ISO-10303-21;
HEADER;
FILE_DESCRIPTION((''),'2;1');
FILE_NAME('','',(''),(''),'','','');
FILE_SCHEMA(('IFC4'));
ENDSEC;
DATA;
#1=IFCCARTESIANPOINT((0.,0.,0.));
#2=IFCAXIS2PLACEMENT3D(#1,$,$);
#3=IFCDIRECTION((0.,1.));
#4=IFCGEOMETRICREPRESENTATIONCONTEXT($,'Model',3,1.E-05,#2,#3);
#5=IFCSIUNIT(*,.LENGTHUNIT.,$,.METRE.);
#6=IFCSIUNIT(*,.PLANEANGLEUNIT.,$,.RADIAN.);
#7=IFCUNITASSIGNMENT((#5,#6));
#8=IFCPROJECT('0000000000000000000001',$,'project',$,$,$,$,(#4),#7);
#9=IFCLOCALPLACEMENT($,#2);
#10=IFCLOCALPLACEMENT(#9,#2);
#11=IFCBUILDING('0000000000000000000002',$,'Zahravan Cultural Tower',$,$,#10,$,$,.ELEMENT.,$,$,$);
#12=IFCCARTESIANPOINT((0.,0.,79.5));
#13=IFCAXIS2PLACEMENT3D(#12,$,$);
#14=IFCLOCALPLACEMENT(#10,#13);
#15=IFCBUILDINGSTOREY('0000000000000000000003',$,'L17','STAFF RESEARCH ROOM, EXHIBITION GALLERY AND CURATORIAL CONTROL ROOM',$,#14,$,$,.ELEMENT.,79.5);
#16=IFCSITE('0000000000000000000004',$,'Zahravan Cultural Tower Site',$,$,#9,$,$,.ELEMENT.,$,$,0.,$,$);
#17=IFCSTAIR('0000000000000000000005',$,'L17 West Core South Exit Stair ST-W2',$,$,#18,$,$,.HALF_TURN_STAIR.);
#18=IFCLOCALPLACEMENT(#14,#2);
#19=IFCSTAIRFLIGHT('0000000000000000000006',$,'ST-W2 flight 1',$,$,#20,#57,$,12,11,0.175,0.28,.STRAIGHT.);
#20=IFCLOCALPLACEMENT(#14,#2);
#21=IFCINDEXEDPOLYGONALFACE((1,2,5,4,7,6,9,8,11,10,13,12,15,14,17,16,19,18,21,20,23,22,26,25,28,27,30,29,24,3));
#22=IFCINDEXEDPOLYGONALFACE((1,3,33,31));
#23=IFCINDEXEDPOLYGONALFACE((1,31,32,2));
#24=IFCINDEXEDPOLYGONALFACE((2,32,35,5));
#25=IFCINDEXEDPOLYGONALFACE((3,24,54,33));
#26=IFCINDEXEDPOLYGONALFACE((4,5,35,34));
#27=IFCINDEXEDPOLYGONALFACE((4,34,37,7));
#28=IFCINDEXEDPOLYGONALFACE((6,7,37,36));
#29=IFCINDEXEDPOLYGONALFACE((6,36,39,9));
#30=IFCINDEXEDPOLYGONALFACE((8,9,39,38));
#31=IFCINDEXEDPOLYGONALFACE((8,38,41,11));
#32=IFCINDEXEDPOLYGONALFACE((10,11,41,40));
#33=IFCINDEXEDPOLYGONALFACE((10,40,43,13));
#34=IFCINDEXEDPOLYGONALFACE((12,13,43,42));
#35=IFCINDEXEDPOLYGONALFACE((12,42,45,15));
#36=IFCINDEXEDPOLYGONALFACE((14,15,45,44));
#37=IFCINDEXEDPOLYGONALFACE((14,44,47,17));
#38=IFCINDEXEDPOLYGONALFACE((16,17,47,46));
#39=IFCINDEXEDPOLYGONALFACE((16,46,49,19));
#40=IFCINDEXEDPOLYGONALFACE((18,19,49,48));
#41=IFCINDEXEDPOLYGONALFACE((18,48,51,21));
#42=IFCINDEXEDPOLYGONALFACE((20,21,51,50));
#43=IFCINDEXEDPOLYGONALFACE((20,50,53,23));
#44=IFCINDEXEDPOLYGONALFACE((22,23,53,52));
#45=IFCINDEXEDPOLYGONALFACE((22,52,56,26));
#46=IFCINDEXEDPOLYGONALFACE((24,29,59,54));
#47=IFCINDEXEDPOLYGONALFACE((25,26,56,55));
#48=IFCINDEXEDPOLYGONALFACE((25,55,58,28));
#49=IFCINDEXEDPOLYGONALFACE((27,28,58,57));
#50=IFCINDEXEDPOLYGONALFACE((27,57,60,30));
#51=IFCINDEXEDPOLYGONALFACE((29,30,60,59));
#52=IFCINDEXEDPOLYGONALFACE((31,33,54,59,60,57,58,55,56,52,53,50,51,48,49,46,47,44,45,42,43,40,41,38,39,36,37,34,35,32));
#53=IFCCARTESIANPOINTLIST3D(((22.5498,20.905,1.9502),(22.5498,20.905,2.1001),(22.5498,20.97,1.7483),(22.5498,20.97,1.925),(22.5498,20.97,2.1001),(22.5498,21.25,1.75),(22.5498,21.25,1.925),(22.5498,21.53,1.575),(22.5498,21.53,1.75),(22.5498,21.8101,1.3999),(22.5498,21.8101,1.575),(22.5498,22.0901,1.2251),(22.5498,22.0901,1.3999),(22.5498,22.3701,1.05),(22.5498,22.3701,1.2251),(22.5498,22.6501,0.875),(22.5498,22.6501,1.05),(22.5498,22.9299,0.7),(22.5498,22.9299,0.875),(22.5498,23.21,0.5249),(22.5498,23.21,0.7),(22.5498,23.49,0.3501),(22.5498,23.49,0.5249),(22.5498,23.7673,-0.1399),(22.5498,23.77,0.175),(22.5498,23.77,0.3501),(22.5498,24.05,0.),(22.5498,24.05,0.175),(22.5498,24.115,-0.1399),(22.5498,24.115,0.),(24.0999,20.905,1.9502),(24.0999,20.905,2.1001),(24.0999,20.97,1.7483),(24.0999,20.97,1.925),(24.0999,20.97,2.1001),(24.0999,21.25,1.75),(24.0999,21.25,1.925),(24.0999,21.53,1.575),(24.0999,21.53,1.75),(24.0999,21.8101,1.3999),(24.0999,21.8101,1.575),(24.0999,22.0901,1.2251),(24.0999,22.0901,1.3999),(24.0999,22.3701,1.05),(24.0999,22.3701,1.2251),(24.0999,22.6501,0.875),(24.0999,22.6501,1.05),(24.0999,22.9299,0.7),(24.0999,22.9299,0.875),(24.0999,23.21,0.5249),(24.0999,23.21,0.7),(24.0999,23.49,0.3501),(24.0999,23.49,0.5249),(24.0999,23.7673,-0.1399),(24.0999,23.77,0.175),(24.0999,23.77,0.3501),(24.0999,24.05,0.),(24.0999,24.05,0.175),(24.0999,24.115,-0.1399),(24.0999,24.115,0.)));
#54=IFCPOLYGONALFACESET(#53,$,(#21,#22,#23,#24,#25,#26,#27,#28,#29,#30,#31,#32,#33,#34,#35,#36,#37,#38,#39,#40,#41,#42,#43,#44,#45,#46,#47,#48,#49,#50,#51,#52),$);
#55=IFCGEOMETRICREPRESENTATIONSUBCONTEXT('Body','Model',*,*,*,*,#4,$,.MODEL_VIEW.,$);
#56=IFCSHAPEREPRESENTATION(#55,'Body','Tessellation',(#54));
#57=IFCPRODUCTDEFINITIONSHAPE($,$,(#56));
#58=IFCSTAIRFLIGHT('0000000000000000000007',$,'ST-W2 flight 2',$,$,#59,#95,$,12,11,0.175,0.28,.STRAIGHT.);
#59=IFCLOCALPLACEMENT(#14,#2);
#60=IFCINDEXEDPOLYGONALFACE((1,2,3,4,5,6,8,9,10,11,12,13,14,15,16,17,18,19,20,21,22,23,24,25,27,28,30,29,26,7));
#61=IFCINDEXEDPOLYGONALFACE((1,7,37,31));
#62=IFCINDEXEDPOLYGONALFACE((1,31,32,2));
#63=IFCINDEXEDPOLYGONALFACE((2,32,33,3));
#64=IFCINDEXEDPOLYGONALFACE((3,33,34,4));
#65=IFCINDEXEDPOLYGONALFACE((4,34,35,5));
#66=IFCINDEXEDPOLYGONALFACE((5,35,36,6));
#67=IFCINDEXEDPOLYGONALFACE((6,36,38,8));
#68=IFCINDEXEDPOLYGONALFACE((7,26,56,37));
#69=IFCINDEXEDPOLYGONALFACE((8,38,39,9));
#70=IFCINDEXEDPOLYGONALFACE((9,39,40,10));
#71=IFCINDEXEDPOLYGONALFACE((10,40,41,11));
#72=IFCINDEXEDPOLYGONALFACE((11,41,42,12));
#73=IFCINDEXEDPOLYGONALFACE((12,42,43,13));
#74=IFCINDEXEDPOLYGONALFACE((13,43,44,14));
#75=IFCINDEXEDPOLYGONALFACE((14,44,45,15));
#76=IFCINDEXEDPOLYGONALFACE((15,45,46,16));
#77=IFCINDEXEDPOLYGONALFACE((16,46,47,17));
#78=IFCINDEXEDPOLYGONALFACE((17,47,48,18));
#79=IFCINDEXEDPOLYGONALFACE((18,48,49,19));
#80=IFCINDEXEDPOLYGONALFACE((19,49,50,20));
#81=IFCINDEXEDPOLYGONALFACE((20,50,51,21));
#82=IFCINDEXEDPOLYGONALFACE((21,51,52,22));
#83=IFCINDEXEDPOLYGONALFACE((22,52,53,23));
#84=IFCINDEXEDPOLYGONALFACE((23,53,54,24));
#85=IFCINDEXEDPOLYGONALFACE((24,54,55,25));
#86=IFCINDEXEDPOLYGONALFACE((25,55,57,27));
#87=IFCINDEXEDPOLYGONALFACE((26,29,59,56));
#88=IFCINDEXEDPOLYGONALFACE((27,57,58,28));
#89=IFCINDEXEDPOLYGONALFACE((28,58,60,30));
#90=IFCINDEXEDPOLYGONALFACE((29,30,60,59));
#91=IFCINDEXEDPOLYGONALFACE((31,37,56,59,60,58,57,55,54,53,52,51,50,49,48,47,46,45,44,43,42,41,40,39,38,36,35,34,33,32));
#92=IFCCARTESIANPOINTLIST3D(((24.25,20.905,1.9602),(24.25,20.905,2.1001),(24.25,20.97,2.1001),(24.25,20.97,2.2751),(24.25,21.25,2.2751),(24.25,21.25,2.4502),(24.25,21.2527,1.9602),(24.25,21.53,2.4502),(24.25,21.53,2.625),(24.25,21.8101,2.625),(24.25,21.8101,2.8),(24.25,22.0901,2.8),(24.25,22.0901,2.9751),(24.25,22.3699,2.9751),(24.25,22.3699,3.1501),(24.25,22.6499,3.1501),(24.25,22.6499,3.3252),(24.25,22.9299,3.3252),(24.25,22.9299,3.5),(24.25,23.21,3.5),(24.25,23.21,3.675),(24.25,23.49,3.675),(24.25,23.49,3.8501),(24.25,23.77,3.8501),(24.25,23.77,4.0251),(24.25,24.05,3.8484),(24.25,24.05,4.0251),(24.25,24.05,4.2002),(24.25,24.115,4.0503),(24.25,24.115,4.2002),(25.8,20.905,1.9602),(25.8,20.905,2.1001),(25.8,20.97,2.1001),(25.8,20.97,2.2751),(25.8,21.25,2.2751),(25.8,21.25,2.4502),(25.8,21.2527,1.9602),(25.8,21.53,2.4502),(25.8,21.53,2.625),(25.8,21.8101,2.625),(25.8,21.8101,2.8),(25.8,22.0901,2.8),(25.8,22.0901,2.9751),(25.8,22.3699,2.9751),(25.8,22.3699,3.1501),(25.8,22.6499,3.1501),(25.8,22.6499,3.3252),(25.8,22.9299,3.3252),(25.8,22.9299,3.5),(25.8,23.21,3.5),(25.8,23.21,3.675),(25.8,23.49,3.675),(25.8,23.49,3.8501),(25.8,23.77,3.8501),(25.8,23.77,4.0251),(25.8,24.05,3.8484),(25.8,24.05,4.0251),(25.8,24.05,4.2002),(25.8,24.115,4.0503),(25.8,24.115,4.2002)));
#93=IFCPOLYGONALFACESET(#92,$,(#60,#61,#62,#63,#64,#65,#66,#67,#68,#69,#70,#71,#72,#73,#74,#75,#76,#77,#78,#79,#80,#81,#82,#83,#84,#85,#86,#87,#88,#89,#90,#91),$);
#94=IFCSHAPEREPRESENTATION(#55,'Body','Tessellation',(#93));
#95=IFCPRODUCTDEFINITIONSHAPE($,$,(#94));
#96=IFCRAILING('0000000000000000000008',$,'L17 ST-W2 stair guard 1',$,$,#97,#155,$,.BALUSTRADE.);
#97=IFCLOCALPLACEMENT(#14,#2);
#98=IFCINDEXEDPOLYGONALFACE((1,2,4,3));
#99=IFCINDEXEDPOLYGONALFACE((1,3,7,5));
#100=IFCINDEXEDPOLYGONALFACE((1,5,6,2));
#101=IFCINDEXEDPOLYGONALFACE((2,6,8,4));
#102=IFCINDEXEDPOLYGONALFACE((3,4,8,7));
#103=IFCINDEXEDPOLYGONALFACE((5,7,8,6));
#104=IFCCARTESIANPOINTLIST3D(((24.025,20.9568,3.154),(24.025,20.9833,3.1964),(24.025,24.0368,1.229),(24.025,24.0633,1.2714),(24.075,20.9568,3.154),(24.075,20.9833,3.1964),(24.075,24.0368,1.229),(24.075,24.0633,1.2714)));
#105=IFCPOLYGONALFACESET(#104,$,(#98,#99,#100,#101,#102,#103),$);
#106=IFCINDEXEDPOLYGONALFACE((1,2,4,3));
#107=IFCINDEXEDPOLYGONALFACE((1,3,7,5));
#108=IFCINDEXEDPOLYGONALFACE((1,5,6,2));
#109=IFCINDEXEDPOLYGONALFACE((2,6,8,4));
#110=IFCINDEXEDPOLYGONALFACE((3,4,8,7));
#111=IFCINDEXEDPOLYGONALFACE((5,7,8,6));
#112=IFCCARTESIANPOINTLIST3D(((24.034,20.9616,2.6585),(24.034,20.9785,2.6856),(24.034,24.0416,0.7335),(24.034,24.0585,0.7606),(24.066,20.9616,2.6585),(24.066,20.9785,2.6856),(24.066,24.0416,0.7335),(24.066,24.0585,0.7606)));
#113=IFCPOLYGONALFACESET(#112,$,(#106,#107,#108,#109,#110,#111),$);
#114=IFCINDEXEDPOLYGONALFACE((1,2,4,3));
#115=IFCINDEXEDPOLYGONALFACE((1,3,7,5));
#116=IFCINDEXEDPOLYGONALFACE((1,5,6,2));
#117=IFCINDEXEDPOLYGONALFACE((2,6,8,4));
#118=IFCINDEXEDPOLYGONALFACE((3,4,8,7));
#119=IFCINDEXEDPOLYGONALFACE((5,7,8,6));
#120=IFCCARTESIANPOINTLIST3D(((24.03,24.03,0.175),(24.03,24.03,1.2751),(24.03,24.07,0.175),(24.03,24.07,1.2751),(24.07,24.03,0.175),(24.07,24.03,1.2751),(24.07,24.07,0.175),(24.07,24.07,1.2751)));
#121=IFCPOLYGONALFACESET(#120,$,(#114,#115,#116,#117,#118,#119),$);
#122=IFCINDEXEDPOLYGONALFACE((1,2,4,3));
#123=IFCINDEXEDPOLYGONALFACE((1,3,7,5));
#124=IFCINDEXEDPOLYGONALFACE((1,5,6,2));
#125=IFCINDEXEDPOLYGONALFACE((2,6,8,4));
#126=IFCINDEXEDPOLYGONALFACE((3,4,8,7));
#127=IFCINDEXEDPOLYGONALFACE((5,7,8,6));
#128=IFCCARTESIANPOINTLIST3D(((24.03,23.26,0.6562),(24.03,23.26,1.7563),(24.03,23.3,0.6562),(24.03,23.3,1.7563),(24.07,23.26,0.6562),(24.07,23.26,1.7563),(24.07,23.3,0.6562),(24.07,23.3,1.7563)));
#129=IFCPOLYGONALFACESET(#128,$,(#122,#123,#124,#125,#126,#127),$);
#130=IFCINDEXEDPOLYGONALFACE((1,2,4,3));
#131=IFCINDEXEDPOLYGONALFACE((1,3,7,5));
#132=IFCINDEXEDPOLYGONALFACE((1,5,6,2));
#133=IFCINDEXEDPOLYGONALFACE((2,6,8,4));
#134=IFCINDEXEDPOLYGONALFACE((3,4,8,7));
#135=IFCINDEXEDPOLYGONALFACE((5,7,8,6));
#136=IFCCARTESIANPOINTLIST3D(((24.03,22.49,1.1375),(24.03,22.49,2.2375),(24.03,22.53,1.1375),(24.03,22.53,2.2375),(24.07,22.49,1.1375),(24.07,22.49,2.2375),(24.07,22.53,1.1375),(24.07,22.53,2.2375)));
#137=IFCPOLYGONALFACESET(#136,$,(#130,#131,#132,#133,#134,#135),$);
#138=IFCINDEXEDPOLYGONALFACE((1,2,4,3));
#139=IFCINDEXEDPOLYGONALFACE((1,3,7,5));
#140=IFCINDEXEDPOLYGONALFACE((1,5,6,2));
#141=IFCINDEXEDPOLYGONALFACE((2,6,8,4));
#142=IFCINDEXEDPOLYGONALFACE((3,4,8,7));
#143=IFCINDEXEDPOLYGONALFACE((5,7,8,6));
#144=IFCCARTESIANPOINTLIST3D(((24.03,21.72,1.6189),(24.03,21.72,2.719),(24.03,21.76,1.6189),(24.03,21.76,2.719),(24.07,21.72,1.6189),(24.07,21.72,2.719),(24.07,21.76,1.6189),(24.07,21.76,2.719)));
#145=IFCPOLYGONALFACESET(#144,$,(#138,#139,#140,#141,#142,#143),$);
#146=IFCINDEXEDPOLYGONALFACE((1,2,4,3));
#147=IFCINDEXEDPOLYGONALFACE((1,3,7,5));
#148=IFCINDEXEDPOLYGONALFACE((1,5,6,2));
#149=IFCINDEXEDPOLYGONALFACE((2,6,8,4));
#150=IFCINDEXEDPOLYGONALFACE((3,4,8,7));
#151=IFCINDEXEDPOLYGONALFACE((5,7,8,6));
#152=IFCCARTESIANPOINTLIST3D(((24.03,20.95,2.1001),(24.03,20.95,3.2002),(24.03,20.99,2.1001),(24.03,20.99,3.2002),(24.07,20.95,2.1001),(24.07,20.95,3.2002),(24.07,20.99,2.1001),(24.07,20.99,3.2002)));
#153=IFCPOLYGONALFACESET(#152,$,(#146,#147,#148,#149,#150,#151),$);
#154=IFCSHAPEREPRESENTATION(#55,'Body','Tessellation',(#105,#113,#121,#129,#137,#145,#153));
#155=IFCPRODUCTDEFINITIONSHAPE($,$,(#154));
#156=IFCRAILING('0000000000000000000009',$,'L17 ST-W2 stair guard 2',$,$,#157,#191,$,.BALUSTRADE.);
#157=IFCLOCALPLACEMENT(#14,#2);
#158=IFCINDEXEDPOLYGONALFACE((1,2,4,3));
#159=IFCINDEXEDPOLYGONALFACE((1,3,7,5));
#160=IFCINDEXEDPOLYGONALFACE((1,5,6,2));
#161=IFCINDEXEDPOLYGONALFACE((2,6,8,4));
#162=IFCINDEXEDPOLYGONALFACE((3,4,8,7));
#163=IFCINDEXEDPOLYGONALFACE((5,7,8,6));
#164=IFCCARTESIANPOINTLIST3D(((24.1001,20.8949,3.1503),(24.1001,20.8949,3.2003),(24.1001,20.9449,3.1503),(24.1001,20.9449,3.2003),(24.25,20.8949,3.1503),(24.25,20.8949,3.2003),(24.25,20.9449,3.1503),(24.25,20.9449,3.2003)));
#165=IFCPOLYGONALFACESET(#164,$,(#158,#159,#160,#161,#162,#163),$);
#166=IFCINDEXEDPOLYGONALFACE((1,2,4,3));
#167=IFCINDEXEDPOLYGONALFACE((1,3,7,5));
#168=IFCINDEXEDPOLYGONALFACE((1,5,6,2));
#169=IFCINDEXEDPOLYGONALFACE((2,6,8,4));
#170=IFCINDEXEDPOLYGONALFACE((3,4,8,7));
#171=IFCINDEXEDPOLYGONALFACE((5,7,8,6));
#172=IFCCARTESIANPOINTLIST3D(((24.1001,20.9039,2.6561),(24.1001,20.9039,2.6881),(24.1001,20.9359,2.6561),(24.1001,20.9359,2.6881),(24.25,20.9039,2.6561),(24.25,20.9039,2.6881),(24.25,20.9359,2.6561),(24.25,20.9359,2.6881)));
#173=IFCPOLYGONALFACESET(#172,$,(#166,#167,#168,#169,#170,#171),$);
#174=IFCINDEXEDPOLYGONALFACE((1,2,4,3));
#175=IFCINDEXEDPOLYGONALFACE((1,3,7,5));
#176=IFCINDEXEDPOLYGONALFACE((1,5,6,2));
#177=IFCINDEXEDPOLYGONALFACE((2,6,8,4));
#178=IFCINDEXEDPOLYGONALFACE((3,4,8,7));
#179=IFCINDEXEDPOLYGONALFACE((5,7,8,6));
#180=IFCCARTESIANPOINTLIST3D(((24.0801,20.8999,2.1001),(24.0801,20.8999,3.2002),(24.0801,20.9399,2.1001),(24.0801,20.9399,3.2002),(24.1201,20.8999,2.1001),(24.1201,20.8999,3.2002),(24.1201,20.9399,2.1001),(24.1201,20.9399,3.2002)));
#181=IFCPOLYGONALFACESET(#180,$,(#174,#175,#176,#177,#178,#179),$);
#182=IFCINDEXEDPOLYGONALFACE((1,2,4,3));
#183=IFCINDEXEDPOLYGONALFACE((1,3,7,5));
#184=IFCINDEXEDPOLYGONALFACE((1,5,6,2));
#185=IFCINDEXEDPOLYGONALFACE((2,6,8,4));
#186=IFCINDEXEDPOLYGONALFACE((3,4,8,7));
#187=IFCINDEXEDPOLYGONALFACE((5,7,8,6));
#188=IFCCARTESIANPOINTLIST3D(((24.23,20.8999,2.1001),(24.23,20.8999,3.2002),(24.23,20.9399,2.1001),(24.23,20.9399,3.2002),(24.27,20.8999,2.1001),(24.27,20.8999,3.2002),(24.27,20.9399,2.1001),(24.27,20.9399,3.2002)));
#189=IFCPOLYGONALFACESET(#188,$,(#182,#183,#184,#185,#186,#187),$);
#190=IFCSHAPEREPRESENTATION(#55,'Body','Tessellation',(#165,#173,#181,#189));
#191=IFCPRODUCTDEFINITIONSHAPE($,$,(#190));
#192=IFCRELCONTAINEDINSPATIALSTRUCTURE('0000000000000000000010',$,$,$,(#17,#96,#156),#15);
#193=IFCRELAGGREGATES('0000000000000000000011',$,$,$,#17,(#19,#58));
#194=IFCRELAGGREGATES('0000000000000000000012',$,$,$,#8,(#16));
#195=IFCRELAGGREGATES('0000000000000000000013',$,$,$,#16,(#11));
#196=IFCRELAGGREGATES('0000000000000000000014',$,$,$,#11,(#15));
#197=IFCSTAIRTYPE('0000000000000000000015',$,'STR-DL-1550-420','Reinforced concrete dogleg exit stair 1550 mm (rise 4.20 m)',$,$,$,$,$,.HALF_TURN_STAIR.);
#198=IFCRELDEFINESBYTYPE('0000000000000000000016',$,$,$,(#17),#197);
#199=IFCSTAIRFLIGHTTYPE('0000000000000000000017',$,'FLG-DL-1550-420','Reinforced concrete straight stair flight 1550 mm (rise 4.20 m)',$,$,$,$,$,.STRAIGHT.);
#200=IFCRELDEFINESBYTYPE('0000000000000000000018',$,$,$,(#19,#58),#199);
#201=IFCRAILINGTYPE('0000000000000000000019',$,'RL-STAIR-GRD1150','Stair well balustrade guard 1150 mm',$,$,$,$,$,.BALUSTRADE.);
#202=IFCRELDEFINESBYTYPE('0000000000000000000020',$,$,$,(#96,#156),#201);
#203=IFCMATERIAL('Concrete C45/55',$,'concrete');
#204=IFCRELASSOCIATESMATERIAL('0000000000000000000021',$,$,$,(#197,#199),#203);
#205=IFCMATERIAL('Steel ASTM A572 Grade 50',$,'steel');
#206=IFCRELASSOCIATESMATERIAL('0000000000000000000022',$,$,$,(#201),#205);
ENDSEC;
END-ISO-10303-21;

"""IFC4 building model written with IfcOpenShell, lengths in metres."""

from ifc_helpers import new_model, si_unit, direction, frame, origin, origin_2d, place, context, subcontext, project, spatial, polyline, rectangle, outline, extrude, material, type_object, element, aggregate, save


model = new_model("IFC4")

# Units and contexts
model_context = context("Model", 3, precision=1e-05, world=origin(), true_north=direction((0.0, 1.0)))
body_context = subcontext(model_context, "Body", "Model", "MODEL_VIEW")
ifc_project = project(units=[si_unit("LENGTHUNIT", "METRE"), si_unit("PLANEANGLEUNIT", "RADIAN")], contexts=[model_context])

# Site, building, storey
site_placement = place(None, origin())
site = spatial("IfcSite", under=ifc_project, at=site_placement, Name="Zahravan Cultural Tower Site", CompositionType="ELEMENT", RefElevation=0.0)
building_placement = place(site_placement, origin())
building = spatial("IfcBuilding", under=site, at=building_placement, Name="Zahravan Cultural Tower", CompositionType="ELEMENT")
storey_placement = place(building_placement, frame((0.0, 0.0, 79.5)))
storey = spatial("IfcBuildingStorey", under=building, at=storey_placement, Name="L17", Description="STAFF RESEARCH ROOM, EXHIBITION GALLERY AND CURATORIAL CONTROL ROOM", CompositionType="ELEMENT", Elevation=79.5)

# Shared definitions
ifc_material_1 = material(Name="Concrete C45/55", Category="concrete")
ifc_material_2 = material(Name="Steel ASTM A572 Grade 50", Category="steel")

# Stair, stair flights
stair_type = type_object("IfcStairType", Name="STR-DL-1550-420", Description="Reinforced concrete dogleg exit stair 1550 mm (rise 4.20 m)", PredefinedType="HALF_TURN_STAIR", material=ifc_material_1)
stair_placement = place(storey_placement, origin())
stair = element("IfcStair", 1, at=stair_placement, inside=storey, type_object=stair_type, Name="L17 West Core South Exit Stair ST-W2", PredefinedType="HALF_TURN_STAIR")
stair_flight_type = type_object("IfcStairFlightType", Name="FLG-DL-1550-420", Description="Reinforced concrete straight stair flight 1550 mm (rise 4.20 m)", PredefinedType="STRAIGHT", material=ifc_material_1)
stair_flight_1_placement = place(storey_placement, frame((23.325, 24.05, 0.0), z_axis=(0.0, 0.0, 1.0), x_axis=(0.0, -1.0, 0.0)))
stair_flight_1 = element("IfcStairFlight", 2, at=stair_flight_1_placement, type_object=stair_flight_type, Name="ST-W2 flight 1", NumberOfRisers=12, NumberOfTreads=11, PredefinedType="STRAIGHT", RiserHeight=0.175, TreadLength=0.28, context=body_context, shape_type="SweptSolid", body=[
    extrude(outline(polyline([(-0.0649, -0.1399), (-0.0649, 0.0), (0.0, 0.0), (0.0, 0.175), (0.28, 0.175), (0.28, 0.3501), (0.5601, 0.3501), (0.5601, 0.5249), (0.8401, 0.5249), (0.8401, 0.7), (1.1201, 0.7), (1.1201, 0.875), (1.3999, 0.875), (1.3999, 1.05), (1.6799, 1.05), (1.6799, 1.2251), (1.96, 1.2251), (1.96, 1.3999), (2.24, 1.3999), (2.24, 1.575), (2.52, 1.575), (2.52, 1.75), (2.8, 1.75), (2.8, 1.925), (3.0801, 1.925), (3.0801, 2.1001), (3.145, 2.1001), (3.145, 1.9502), (3.0801, 1.7483), (0.2827, -0.1399), (-0.0649, -0.1399)])), frame((0.0, 0.7749, 0.0), z_axis=(0.0, -1.0, 0.0), x_axis=(1.0, 0.0, 0.0)), (0.0, 0.0, 1.0), 1.55),
])
stair_flight_2_placement = place(storey_placement, frame((25.0249, 20.97, 2.1001), z_axis=(0.0, 0.0, 1.0), x_axis=(0.0, 1.0, 0.0)))
stair_flight_2 = element("IfcStairFlight", 3, at=stair_flight_2_placement, type_object=stair_flight_type, Name="ST-W2 flight 2", NumberOfRisers=12, NumberOfTreads=11, PredefinedType="STRAIGHT", RiserHeight=0.175, TreadLength=0.28, context=body_context, shape_type="SweptSolid", body=[
    extrude(outline(polyline([(-0.0649, -0.1399), (-0.0649, 0.0), (0.0, 0.0), (0.0, 0.175), (0.28, 0.175), (0.28, 0.3501), (0.5601, 0.3501), (0.5601, 0.5249), (0.8401, 0.5249), (0.8401, 0.7), (1.1201, 0.7), (1.1201, 0.875), (1.3999, 0.875), (1.3999, 1.05), (1.6799, 1.05), (1.6799, 1.2251), (1.96, 1.2251), (1.96, 1.3999), (2.24, 1.3999), (2.24, 1.575), (2.52, 1.575), (2.52, 1.75), (2.8, 1.75), (2.8, 1.925), (3.0801, 1.925), (3.0801, 2.1001), (3.145, 2.1001), (3.145, 1.9502), (3.0801, 1.7483), (0.2827, -0.1399), (-0.0649, -0.1399)])), frame((0.0, 0.7749, 0.0), z_axis=(0.0, -1.0, 0.0), x_axis=(1.0, 0.0, 0.0)), (0.0, 0.0, 1.0), 1.55),
])
aggregate(stair, [stair_flight_1, stair_flight_2])

# Railings
railing_type_1 = type_object("IfcRailingType", Name="RL-STAIR-GRD1150", Description="Stair well balustrade guard 1150 mm", PredefinedType="BALUSTRADE", material=ifc_material_2)
railing_1_placement = place(storey_placement, frame((24.05, 24.05, 0.175)))
element("IfcRailing", 4, at=railing_1_placement, inside=storey, type_object=railing_type_1, Name="L17 ST-W2 stair guard 1", PredefinedType="BALUSTRADE", context=body_context, shape_type="SweptSolid", body=[
    extrude(rectangle(XDim=0.05, YDim=0.05, at=origin_2d()), frame((0.0, 0.0, 1.0752), z_axis=(0.0, -0.847998, 0.529999), x_axis=(1.0, 0.0, 0.0)), (0.0, 0.0, 1.0), 3.6321),
    extrude(rectangle(XDim=0.032, YDim=0.032, at=origin_2d()), frame((0.0, 0.0, 0.572), z_axis=(0.0, -0.847998, 0.529999), x_axis=(1.0, 0.0, 0.0)), (0.0, 0.0, 1.0), 3.6321),
    extrude(rectangle(XDim=0.04, YDim=0.04, at=origin_2d()), origin(), (0.0, 0.0, 1.0), 1.1001),
    extrude(rectangle(XDim=0.04, YDim=0.04, at=origin_2d()), frame((0.0, -0.77, 0.4812)), (0.0, 0.0, 1.0), 1.1001),
    extrude(rectangle(XDim=0.04, YDim=0.04, at=origin_2d()), frame((0.0, -1.54, 0.9624)), (0.0, 0.0, 1.0), 1.1001),
    extrude(rectangle(XDim=0.04, YDim=0.04, at=origin_2d()), frame((0.0, -2.3101, 1.4438)), (0.0, 0.0, 1.0), 1.1001),
    extrude(rectangle(XDim=0.04, YDim=0.04, at=origin_2d()), frame((0.0, -3.0801, 1.925)), (0.0, 0.0, 1.0), 1.1001),
])
railing_2_placement = place(storey_placement, frame((24.1001, 20.9199, 2.1001)))
element("IfcRailing", 5, at=railing_2_placement, inside=storey, type_object=railing_type_1, Name="L17 ST-W2 stair guard 2", PredefinedType="BALUSTRADE", context=body_context, shape_type="SweptSolid", body=[
    extrude(rectangle(XDim=0.05, YDim=0.05, at=origin_2d()), frame((0.0, 0.0, 1.0752), z_axis=(1.0, 0.0, 0.0), x_axis=(0.0, 1.0, 0.0)), (0.0, 0.0, 1.0), 0.1499),
    extrude(rectangle(XDim=0.032, YDim=0.032, at=origin_2d()), frame((0.0, 0.0, 0.572), z_axis=(1.0, 0.0, 0.0), x_axis=(0.0, 1.0, 0.0)), (0.0, 0.0, 1.0), 0.1499),
    extrude(rectangle(XDim=0.04, YDim=0.04, at=origin_2d()), origin(), (0.0, 0.0, 1.0), 1.1001),
    extrude(rectangle(XDim=0.04, YDim=0.04, at=origin_2d()), frame((0.1499, 0.0, 0.0)), (0.0, 0.0, 1.0), 1.1001),
])

save(model, "model.ifc")
